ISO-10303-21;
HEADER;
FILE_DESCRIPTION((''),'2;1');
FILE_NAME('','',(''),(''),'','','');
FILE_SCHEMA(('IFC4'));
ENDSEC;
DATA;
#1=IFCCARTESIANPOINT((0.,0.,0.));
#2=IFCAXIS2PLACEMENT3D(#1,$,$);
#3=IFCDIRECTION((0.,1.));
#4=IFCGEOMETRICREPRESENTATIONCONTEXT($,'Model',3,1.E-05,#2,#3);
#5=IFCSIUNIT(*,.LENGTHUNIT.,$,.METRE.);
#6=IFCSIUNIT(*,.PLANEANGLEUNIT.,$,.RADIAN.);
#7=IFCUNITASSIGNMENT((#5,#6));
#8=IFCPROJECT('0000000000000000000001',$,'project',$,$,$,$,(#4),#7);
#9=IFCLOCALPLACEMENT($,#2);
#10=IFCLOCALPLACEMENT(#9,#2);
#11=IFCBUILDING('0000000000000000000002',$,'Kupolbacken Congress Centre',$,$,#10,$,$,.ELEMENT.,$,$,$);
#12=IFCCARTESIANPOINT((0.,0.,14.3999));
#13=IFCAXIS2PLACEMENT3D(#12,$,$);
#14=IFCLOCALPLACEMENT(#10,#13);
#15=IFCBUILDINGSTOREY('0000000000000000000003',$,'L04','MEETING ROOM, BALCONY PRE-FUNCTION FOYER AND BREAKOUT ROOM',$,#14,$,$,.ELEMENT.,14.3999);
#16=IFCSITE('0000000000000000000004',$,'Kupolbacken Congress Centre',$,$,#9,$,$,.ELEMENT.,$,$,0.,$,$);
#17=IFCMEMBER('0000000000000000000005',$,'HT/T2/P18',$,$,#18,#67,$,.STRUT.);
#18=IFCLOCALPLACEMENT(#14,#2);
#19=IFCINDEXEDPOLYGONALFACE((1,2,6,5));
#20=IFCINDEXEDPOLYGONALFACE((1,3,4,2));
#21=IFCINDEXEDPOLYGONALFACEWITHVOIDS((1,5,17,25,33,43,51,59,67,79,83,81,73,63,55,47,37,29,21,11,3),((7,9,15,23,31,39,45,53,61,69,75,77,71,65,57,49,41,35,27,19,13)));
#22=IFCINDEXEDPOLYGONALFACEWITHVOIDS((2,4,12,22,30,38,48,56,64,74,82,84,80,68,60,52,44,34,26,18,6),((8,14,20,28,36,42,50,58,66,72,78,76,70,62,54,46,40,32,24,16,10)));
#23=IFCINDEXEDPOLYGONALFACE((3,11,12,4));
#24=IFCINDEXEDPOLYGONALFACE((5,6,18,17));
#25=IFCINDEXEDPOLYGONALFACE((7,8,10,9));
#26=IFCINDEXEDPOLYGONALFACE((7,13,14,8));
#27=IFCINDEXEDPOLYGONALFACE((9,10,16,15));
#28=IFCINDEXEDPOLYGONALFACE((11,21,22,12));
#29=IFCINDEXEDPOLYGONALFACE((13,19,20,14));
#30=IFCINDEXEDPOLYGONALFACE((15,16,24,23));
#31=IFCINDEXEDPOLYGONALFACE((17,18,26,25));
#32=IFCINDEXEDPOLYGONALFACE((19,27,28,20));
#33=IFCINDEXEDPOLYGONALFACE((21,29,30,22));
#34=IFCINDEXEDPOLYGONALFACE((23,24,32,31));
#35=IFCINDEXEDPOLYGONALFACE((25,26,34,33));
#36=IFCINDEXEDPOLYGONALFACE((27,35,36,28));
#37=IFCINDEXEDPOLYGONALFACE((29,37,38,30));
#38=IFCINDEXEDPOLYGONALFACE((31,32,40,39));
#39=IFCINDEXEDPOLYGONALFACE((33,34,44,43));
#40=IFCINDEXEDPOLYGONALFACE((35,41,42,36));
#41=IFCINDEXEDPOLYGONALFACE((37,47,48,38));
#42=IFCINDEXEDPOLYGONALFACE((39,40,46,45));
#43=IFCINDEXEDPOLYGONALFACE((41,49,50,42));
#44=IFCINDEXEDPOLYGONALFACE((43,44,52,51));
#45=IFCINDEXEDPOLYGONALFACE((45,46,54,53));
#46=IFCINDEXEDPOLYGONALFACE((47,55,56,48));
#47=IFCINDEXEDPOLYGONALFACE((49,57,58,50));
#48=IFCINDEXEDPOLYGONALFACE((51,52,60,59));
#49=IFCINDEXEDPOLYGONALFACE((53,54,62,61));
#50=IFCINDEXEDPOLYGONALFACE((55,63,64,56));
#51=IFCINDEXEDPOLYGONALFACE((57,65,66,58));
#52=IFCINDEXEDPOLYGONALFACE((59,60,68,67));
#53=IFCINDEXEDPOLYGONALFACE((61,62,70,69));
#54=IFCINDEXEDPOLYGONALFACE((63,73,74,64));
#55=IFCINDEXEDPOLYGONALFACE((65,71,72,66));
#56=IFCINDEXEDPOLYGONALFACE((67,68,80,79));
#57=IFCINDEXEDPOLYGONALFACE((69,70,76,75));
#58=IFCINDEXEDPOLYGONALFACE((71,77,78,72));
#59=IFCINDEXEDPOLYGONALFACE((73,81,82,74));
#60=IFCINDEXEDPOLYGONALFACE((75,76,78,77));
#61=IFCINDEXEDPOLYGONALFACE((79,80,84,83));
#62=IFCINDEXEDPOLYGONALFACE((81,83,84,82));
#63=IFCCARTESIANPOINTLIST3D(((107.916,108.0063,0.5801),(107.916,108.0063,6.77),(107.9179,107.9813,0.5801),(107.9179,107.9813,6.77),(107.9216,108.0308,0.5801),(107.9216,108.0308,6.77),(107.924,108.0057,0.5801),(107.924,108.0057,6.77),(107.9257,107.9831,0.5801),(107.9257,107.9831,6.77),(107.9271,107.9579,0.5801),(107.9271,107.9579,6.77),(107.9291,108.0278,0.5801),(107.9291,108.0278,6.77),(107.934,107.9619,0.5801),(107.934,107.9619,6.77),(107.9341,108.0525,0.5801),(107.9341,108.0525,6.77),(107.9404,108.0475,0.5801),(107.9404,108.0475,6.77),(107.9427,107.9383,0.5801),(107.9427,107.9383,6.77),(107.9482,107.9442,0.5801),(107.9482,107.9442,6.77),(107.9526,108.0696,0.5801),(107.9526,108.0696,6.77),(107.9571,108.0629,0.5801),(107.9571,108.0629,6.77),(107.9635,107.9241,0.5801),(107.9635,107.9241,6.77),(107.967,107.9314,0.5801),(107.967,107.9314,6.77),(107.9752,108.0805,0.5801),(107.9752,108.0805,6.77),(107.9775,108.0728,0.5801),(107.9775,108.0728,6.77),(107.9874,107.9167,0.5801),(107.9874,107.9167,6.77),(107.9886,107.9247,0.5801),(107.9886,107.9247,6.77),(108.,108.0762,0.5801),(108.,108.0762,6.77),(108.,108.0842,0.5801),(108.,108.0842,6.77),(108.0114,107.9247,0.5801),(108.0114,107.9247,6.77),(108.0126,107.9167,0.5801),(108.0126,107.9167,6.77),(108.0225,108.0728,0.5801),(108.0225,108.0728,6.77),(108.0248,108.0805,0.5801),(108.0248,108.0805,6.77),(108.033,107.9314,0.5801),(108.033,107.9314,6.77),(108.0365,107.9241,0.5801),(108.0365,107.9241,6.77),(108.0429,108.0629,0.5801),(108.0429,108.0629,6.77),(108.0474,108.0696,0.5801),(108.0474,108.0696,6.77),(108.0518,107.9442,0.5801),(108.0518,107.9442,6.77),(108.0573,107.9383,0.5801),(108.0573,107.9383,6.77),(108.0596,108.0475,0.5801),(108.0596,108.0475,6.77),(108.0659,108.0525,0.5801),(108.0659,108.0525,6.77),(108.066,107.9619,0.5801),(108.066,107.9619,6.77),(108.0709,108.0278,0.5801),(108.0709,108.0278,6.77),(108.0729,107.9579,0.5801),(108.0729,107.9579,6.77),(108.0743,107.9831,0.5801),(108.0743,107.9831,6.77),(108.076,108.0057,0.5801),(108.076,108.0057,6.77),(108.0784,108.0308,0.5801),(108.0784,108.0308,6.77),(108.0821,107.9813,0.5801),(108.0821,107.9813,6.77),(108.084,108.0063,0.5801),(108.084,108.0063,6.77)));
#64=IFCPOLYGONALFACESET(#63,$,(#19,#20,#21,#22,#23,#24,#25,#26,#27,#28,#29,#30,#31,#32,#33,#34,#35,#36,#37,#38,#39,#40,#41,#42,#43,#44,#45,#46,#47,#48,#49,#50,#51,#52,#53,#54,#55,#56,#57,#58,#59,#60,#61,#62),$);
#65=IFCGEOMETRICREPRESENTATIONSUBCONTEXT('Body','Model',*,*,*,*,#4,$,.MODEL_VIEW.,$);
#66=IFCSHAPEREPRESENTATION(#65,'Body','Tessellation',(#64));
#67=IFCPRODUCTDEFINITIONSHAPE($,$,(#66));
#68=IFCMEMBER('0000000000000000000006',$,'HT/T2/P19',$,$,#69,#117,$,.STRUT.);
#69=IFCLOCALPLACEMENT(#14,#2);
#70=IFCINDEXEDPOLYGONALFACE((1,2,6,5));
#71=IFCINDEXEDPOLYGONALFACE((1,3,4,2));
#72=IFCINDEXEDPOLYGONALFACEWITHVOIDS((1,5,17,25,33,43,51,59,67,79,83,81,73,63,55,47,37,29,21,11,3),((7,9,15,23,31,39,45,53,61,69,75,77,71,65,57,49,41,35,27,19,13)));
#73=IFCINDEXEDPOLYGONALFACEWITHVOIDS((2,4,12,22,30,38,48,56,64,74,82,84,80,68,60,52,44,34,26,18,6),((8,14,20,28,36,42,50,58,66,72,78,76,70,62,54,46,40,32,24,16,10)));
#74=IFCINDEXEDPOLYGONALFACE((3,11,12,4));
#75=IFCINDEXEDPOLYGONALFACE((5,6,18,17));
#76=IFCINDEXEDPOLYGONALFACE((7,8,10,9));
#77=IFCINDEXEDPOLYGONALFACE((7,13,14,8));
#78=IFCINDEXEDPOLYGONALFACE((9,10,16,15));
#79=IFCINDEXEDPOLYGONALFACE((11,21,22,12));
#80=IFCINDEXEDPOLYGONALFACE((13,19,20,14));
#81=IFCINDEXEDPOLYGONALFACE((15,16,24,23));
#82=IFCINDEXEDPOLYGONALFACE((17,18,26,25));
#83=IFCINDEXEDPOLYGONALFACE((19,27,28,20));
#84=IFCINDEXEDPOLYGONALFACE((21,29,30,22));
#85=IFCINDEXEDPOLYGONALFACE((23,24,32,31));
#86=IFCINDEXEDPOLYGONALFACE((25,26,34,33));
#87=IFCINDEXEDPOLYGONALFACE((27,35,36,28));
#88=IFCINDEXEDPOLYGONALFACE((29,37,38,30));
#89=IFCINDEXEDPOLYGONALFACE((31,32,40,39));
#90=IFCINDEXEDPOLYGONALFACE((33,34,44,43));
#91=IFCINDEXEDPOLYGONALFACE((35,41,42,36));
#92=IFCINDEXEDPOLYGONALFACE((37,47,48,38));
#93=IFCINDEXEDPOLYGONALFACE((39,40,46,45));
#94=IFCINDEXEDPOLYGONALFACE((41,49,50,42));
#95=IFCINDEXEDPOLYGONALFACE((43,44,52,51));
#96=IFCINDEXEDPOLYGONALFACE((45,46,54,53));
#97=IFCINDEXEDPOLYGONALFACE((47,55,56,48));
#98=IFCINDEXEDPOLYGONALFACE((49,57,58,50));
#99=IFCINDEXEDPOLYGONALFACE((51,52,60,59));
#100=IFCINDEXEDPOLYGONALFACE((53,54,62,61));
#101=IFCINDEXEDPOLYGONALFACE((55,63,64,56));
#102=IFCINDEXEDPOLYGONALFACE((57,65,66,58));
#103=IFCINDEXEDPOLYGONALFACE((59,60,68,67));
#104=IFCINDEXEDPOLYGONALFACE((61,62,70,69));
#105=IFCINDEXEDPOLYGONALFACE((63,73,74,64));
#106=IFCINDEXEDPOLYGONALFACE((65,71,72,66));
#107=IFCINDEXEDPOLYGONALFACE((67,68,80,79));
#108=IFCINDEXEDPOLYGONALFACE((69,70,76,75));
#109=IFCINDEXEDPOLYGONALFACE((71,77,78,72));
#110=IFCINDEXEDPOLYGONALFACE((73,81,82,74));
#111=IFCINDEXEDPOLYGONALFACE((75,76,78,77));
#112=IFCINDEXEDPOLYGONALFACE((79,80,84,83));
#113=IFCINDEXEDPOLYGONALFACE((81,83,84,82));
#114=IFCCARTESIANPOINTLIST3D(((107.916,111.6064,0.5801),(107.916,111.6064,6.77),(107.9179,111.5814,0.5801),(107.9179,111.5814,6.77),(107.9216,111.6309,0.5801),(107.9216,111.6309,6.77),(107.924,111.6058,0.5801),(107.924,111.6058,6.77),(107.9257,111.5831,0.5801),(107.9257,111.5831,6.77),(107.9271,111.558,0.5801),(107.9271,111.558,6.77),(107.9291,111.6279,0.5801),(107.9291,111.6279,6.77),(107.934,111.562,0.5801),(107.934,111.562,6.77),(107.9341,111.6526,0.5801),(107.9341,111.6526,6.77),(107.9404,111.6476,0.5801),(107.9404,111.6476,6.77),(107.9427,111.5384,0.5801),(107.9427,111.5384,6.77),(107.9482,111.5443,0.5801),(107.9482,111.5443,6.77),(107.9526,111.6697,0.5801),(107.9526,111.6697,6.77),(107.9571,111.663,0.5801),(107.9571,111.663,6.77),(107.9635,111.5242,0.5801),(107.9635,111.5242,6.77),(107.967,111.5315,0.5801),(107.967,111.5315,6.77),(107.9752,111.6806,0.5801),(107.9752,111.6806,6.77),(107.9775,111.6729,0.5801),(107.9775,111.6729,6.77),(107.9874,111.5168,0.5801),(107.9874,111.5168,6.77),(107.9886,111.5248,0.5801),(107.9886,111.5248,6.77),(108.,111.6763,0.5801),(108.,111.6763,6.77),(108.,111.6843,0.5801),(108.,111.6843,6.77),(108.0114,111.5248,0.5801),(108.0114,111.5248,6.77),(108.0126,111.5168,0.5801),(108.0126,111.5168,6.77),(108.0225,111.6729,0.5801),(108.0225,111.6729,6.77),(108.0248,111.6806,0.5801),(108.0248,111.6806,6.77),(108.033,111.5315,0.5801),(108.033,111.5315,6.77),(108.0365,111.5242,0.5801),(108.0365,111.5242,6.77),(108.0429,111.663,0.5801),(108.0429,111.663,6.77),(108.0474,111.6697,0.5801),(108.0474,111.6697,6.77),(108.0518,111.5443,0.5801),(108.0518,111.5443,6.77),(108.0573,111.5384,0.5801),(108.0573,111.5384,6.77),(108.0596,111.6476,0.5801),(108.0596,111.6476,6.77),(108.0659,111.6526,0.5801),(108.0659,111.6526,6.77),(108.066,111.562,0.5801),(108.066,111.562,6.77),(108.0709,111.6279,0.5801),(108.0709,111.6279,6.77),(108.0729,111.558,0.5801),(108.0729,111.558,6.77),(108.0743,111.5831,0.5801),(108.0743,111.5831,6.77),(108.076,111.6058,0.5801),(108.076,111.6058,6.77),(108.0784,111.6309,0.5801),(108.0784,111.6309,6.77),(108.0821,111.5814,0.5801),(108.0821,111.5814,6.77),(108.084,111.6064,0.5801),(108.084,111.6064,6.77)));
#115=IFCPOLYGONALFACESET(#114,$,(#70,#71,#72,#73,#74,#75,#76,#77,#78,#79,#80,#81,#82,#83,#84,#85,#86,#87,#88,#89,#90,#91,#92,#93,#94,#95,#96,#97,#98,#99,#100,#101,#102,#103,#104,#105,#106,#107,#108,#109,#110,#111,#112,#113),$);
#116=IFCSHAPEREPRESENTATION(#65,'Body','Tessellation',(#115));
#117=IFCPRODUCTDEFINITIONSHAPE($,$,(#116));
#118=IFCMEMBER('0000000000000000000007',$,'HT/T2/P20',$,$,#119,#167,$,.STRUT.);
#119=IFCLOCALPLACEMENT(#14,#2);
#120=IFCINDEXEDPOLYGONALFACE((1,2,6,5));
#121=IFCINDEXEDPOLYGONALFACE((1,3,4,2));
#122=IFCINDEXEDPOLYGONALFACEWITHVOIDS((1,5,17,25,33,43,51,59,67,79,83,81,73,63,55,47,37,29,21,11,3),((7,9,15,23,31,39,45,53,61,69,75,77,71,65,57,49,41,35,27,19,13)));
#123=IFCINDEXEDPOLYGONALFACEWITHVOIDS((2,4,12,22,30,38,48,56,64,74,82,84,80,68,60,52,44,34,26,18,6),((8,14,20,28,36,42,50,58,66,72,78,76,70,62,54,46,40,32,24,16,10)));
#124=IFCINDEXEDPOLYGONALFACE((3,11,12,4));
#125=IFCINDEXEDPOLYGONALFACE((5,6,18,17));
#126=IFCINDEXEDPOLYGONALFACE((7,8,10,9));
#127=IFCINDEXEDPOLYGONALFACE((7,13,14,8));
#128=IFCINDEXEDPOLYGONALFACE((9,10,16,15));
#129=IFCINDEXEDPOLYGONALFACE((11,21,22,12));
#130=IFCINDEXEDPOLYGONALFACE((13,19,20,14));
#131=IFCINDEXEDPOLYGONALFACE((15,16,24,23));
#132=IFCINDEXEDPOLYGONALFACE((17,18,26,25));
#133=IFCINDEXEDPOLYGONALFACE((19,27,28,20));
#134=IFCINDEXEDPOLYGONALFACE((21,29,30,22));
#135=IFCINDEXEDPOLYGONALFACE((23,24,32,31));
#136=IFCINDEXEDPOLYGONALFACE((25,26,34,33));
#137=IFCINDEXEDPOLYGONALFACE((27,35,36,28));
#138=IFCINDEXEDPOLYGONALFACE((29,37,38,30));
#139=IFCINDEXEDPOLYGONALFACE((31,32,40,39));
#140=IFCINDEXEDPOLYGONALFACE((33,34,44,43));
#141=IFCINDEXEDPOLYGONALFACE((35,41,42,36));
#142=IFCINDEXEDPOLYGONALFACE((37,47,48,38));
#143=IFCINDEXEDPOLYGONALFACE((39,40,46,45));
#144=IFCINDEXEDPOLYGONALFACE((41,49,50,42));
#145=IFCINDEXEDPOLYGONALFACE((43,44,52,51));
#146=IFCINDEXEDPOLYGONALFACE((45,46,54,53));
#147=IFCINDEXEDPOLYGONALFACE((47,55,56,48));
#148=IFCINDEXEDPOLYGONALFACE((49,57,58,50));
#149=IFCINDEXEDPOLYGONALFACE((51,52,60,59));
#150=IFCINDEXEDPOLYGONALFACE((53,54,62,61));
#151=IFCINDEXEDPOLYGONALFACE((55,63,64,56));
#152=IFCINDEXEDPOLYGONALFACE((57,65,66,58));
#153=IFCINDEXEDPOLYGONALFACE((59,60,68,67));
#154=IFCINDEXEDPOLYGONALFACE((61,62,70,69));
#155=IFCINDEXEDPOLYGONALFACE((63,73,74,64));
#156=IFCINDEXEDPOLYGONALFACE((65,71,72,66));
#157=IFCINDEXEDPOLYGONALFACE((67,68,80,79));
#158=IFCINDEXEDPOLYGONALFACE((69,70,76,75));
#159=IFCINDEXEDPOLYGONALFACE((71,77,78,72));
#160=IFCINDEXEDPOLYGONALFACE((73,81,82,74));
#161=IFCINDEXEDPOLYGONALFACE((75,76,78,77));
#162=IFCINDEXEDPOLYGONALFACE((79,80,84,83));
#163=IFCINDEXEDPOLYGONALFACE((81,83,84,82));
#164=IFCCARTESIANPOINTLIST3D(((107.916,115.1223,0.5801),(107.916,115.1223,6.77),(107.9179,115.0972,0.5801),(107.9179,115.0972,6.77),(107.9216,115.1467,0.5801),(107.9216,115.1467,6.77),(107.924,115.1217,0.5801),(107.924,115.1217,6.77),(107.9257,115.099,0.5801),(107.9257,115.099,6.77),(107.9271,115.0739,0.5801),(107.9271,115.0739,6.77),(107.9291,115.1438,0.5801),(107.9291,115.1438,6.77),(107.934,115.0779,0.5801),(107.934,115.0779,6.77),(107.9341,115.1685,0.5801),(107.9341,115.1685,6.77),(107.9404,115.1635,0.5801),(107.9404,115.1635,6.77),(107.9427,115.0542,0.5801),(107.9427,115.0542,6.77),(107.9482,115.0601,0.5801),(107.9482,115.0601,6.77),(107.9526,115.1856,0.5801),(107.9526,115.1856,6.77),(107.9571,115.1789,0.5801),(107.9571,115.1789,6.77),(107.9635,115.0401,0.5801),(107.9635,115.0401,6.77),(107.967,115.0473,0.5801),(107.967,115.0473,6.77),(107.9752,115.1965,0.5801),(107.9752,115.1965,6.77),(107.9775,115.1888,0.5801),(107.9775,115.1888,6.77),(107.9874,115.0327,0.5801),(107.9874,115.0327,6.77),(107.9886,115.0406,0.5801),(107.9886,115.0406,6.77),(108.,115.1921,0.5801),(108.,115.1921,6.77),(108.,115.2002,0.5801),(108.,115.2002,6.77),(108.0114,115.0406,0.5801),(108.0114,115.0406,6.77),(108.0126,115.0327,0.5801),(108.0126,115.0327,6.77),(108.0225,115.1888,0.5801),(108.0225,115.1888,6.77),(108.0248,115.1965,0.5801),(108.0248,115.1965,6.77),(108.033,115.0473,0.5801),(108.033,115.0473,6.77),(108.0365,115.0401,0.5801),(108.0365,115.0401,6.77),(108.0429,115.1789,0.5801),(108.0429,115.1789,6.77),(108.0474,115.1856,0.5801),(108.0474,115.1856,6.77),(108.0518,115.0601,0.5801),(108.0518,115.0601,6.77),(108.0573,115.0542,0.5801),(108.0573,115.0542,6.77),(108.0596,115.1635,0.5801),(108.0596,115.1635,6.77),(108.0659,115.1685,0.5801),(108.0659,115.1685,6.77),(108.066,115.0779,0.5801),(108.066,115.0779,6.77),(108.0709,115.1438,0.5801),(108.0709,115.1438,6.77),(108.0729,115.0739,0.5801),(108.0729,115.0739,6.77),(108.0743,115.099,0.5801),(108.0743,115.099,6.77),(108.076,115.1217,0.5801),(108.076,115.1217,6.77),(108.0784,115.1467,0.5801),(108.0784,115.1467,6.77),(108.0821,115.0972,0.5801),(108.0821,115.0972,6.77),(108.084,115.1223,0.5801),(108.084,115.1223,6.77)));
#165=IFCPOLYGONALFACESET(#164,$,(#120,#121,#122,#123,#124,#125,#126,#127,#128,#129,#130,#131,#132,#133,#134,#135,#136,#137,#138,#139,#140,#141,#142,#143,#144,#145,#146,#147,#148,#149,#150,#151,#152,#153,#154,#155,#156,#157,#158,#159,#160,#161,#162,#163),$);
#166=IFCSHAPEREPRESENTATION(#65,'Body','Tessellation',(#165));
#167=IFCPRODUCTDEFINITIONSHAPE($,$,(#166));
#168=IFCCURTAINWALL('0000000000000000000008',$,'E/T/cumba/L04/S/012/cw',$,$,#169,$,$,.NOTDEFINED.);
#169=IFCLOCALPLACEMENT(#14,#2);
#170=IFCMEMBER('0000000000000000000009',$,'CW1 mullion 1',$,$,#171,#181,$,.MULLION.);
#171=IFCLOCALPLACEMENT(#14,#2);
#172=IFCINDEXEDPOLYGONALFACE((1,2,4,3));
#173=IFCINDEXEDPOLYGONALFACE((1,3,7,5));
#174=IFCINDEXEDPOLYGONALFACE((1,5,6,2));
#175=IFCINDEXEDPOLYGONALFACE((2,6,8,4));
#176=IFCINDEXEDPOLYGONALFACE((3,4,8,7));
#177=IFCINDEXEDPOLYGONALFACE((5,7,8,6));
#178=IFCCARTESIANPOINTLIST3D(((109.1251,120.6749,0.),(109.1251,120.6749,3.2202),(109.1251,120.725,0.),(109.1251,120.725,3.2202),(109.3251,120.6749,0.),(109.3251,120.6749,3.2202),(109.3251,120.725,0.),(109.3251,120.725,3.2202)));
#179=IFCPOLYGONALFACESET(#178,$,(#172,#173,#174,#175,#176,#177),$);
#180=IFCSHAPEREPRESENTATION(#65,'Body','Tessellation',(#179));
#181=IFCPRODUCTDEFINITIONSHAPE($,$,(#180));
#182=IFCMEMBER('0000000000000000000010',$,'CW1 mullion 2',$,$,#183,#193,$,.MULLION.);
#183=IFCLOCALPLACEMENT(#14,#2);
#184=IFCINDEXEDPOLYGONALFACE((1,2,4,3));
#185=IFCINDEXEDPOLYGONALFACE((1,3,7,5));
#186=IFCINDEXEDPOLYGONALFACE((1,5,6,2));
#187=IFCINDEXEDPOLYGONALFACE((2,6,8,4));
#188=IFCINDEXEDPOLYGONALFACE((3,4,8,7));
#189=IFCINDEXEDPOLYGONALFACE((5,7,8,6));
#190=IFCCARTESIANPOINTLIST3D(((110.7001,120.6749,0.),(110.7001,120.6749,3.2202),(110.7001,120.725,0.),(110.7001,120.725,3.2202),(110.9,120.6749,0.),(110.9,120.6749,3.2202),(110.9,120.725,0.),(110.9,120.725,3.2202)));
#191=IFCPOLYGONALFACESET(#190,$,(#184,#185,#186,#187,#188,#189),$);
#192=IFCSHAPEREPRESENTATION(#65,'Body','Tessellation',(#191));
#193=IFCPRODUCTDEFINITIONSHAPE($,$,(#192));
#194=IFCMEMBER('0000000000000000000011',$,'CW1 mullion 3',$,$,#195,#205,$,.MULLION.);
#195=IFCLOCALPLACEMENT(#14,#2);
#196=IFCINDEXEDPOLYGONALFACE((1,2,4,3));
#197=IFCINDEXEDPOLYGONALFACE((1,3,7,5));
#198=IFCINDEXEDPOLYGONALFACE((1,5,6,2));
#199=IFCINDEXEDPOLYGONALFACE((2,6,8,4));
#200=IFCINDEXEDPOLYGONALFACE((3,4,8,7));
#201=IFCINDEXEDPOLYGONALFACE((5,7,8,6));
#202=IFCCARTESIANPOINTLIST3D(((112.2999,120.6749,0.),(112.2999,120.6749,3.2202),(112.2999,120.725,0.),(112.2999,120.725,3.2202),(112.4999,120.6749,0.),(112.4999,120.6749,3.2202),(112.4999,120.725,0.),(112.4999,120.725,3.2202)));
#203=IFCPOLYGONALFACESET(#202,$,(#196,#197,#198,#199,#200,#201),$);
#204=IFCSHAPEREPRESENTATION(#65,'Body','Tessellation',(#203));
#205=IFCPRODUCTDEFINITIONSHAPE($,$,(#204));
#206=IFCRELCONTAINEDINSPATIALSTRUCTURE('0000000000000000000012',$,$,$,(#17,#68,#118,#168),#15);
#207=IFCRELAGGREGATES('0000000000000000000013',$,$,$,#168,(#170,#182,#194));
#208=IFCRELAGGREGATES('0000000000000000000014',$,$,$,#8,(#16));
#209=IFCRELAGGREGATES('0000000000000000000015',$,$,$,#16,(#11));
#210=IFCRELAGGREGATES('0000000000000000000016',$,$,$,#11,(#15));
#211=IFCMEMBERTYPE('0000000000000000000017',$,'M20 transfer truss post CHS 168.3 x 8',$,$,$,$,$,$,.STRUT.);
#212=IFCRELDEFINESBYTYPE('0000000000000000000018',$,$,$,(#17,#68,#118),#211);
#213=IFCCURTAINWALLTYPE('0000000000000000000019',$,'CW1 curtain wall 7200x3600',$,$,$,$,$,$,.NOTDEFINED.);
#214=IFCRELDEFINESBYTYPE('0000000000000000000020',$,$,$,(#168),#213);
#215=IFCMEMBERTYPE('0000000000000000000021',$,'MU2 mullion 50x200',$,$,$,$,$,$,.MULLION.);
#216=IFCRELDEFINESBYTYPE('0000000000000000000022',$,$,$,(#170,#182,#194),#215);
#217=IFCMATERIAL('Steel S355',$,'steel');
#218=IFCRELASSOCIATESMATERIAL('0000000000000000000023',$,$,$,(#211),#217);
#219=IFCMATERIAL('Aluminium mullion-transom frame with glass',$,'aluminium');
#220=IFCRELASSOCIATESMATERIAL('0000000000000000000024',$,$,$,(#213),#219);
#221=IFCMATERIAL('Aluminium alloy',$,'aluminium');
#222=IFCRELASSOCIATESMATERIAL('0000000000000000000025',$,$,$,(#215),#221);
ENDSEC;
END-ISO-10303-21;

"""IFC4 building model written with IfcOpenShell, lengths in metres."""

from ifc_helpers import new_model, si_unit, direction, frame, origin, origin_2d, place, context, subcontext, project, spatial, rectangle, hollow_circle, extrude, material, material_profile, profile_set, type_object, element, aggregate, save


model = new_model("IFC4")

# Units and contexts
model_context = context("Model", 3, precision=1e-05, world=origin(), true_north=direction((0.0, 1.0)))
body_context = subcontext(model_context, "Body", "Model", "MODEL_VIEW")
ifc_project = project(units=[si_unit("LENGTHUNIT", "METRE"), si_unit("PLANEANGLEUNIT", "RADIAN")], contexts=[model_context])

# Site, building, storey
site_placement = place(None, origin())
site = spatial("IfcSite", under=ifc_project, at=site_placement, Name="Kupolbacken Congress Centre", CompositionType="ELEMENT", RefElevation=0.0)
building_placement = place(site_placement, origin())
building = spatial("IfcBuilding", under=site, at=building_placement, Name="Kupolbacken Congress Centre", CompositionType="ELEMENT")
storey_placement = place(building_placement, frame((0.0, 0.0, 14.3999)))
storey = spatial("IfcBuildingStorey", under=building, at=storey_placement, Name="L04", Description="MEETING ROOM, BALCONY PRE-FUNCTION FOYER AND BREAKOUT ROOM", CompositionType="ELEMENT", Elevation=14.3999)

# Members
ifc_material_1 = material(Name="Steel S355", Category="steel")
ifc_material_profile_1 = material_profile(ifc_material_1, hollow_circle(Radius=0.0842, WallThickness=0.0081, at=origin_2d()), Name="CHS 168.3 x 8")
ifc_profile_set_1 = profile_set([ifc_material_profile_1], Name="Steel S355")
member_type_1 = type_object("IfcMemberType", Name="M20 transfer truss post CHS 168.3 x 8", PredefinedType="STRUT", material=ifc_profile_set_1)
for number, where, z_axis, x_axis, name in (
    (1, (108.0, 108.0, 0.5801), (0.0, 0.0, 1.0), (0.0, 1.0, 0.0), "HT/T2/P18"),
    (2, (108.0, 111.6001, 0.5801), (0.0, 0.0, 1.0), (0.0, 1.0, 0.0), "HT/T2/P19"),
    (3, (108.0, 115.116, 0.5801), (0.0, 0.0, 1.0), (0.0, 1.0, 0.0), "HT/T2/P20"),
):
    element("IfcMember", number, at=place(storey_placement, frame(where, z_axis=z_axis, x_axis=x_axis)), inside=storey, type_object=member_type_1, Name=name, PredefinedType="STRUT", context=body_context, shape_type="SweptSolid", body=[
        extrude(hollow_circle(Radius=0.0842, WallThickness=0.0081, at=origin_2d()), origin(), (0.0, 0.0, 1.0), 6.1899),
    ])

# Curtain wall, members
ifc_material_2 = material(Name="Aluminium mullion-transom frame with glass", Category="aluminium")
curtain_wall_type = type_object("IfcCurtainWallType", Name="CW1 curtain wall 7200x3600", PredefinedType="NOTDEFINED", material=ifc_material_2)
curtain_wall_placement = place(storey_placement, origin())
curtain_wall = element("IfcCurtainWall", 4, at=curtain_wall_placement, inside=storey, type_object=curtain_wall_type, Name="E/T/cumba/L04/S/012/cw", PredefinedType="NOTDEFINED")
ifc_material_3 = material(Name="Aluminium alloy", Category="aluminium")
ifc_material_profile_2 = material_profile(ifc_material_3, rectangle(XDim=0.05, YDim=0.2, at=origin_2d()), Name="50 x 200")
ifc_profile_set_2 = profile_set([ifc_material_profile_2], Name="Aluminium alloy")
member_type_2 = type_object("IfcMemberType", Name="MU2 mullion 50x200", PredefinedType="MULLION", material=ifc_profile_set_2)
member_1_placement = place(storey_placement, frame((109.2251, 120.7, 0.0), z_axis=(0.0, 0.0, 1.0), x_axis=(0.0, 1.0, 0.0)))
member_1 = element("IfcMember", 5, at=member_1_placement, type_object=member_type_2, Name="CW1 mullion 1", PredefinedType="MULLION", context=body_context, shape_type="SweptSolid", body=[
    extrude(rectangle(XDim=0.05, YDim=0.2, at=origin_2d()), origin(), (0.0, 0.0, 1.0), 3.2202),
])
member_2_placement = place(storey_placement, frame((110.8, 120.7, 0.0), z_axis=(0.0, 0.0, 1.0), x_axis=(0.0, 1.0, 0.0)))
member_2 = element("IfcMember", 6, at=member_2_placement, type_object=member_type_2, Name="CW1 mullion 2", PredefinedType="MULLION", context=body_context, shape_type="SweptSolid", body=[
    extrude(rectangle(XDim=0.05, YDim=0.2, at=origin_2d()), origin(), (0.0, 0.0, 1.0), 3.2202),
])
member_3_placement = place(storey_placement, frame((112.3999, 120.7, 0.0), z_axis=(0.0, 0.0, 1.0), x_axis=(0.0, 1.0, 0.0)))
member_3 = element("IfcMember", 7, at=member_3_placement, type_object=member_type_2, Name="CW1 mullion 3", PredefinedType="MULLION", context=body_context, shape_type="SweptSolid", body=[
    extrude(rectangle(XDim=0.05, YDim=0.2, at=origin_2d()), origin(), (0.0, 0.0, 1.0), 3.2202),
])
aggregate(curtain_wall, [member_1, member_2, member_3])

save(model, "model.ifc")
